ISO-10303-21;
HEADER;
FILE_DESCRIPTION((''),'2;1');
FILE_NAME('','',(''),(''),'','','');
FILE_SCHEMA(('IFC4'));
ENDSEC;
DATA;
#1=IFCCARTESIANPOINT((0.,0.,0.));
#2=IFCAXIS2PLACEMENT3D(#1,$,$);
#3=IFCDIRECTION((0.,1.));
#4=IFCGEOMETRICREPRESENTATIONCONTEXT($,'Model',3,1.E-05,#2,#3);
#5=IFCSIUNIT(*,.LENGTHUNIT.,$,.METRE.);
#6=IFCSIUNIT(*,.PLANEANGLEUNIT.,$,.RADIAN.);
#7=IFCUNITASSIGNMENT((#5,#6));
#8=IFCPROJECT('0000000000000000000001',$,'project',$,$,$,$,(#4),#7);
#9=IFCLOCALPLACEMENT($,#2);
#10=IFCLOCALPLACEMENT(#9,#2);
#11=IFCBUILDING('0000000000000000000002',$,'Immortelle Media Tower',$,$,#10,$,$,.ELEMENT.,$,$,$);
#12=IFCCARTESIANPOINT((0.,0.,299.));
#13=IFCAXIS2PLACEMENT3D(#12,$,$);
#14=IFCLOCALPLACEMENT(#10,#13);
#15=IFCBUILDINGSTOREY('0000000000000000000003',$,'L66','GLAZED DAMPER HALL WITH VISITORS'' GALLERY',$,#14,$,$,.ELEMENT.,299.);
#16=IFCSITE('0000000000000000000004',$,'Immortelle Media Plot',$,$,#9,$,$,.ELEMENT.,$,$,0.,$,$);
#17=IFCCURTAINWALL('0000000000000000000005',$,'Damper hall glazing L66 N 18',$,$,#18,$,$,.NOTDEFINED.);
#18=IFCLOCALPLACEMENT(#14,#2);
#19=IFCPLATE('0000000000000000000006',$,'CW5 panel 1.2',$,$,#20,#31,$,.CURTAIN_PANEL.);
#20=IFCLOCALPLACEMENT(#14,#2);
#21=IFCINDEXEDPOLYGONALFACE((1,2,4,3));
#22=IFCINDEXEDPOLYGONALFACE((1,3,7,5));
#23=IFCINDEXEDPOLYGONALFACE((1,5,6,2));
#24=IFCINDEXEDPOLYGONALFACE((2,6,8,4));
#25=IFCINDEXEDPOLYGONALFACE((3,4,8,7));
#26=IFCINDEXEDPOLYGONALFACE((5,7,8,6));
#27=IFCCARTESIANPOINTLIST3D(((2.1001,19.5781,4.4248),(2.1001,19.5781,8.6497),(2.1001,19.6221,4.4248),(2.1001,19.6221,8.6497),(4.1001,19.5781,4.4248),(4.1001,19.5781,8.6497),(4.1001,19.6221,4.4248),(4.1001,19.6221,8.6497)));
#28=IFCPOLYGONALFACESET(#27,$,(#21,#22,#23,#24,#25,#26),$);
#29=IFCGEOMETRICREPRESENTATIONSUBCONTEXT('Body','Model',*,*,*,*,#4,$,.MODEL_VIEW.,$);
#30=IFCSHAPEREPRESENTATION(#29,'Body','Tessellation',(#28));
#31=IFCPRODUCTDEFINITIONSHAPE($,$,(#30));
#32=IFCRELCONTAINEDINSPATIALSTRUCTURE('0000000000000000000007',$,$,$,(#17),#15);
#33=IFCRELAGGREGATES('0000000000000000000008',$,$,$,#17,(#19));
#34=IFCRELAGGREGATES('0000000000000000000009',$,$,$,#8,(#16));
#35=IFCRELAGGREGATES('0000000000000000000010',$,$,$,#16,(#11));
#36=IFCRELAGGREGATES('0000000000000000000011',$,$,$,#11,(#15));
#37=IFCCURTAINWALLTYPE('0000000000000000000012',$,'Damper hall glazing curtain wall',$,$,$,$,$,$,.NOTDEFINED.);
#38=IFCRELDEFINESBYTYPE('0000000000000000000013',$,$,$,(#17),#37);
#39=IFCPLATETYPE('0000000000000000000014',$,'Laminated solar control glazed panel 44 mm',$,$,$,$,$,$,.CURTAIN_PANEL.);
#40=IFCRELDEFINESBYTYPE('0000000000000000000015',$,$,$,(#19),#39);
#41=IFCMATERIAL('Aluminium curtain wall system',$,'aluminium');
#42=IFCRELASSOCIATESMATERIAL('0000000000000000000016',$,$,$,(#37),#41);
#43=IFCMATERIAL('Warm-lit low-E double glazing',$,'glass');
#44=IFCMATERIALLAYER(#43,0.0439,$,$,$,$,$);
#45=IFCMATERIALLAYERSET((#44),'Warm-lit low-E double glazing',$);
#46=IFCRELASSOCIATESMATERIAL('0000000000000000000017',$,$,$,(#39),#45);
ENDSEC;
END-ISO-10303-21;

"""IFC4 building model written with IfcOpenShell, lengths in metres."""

from ifc_helpers import new_model, si_unit, direction, frame, origin, origin_2d, place, context, subcontext, project, spatial, rectangle, extrude, material, layer, layer_set, type_object, element, aggregate, save


model = new_model("IFC4")

# Units and contexts
model_context = context("Model", 3, precision=1e-05, world=origin(), true_north=direction((0.0, 1.0)))
body_context = subcontext(model_context, "Body", "Model", "MODEL_VIEW")
ifc_project = project(units=[si_unit("LENGTHUNIT", "METRE"), si_unit("PLANEANGLEUNIT", "RADIAN")], contexts=[model_context])

# Site, building, storey
site_placement = place(None, origin())
site = spatial("IfcSite", under=ifc_project, at=site_placement, Name="Immortelle Media Plot", CompositionType="ELEMENT", RefElevation=0.0)
building_placement = place(site_placement, origin())
building = spatial("IfcBuilding", under=site, at=building_placement, Name="Immortelle Media Tower", CompositionType="ELEMENT")
storey_placement = place(building_placement, frame((0.0, 0.0, 299.0)))
storey = spatial("IfcBuildingStorey", under=building, at=storey_placement, Name="L66", Description="GLAZED DAMPER HALL WITH VISITORS' GALLERY", CompositionType="ELEMENT", Elevation=299.0)

# Shared definitions
ifc_material_1 = material(Name="Aluminium curtain wall system", Category="aluminium")
curtain_wall_type = type_object("IfcCurtainWallType", Name="Damper hall glazing curtain wall", PredefinedType="NOTDEFINED", material=ifc_material_1)

# Curtain wall
curtain_wall_1_placement = place(storey_placement, origin())
curtain_wall_1 = element("IfcCurtainWall", 1, at=curtain_wall_1_placement, inside=storey, type_object=curtain_wall_type, Name="Damper hall glazing L66 N 18", PredefinedType="NOTDEFINED")

# Plate
ifc_material_2 = material(Name="Warm-lit low-E double glazing", Category="glass")
ifc_layer = layer(ifc_material_2, 0.0439)
ifc_layer_set = layer_set([ifc_layer], Name="Warm-lit low-E double glazing")
plate_type = type_object("IfcPlateType", Name="Laminated solar control glazed panel 44 mm", PredefinedType="CURTAIN_PANEL", material=ifc_layer_set)
plate_1_placement = place(storey_placement, frame((3.1001, 19.6001, 4.4248), z_axis=(0.0, 0.0, 1.0), x_axis=(-1.0, 0.0, 0.0)))
plate_1 = element("IfcPlate", 2, at=plate_1_placement, type_object=plate_type, Name="CW5 panel 1.2", PredefinedType="CURTAIN_PANEL", context=body_context, shape_type="SweptSolid", body=[
    extrude(rectangle(XDim=2.0, YDim=0.0439, at=origin_2d()), origin(), (0.0, 0.0, 1.0), 4.2249),
])
aggregate(curtain_wall_1, [plate_1])

save(model, "model.ifc")
